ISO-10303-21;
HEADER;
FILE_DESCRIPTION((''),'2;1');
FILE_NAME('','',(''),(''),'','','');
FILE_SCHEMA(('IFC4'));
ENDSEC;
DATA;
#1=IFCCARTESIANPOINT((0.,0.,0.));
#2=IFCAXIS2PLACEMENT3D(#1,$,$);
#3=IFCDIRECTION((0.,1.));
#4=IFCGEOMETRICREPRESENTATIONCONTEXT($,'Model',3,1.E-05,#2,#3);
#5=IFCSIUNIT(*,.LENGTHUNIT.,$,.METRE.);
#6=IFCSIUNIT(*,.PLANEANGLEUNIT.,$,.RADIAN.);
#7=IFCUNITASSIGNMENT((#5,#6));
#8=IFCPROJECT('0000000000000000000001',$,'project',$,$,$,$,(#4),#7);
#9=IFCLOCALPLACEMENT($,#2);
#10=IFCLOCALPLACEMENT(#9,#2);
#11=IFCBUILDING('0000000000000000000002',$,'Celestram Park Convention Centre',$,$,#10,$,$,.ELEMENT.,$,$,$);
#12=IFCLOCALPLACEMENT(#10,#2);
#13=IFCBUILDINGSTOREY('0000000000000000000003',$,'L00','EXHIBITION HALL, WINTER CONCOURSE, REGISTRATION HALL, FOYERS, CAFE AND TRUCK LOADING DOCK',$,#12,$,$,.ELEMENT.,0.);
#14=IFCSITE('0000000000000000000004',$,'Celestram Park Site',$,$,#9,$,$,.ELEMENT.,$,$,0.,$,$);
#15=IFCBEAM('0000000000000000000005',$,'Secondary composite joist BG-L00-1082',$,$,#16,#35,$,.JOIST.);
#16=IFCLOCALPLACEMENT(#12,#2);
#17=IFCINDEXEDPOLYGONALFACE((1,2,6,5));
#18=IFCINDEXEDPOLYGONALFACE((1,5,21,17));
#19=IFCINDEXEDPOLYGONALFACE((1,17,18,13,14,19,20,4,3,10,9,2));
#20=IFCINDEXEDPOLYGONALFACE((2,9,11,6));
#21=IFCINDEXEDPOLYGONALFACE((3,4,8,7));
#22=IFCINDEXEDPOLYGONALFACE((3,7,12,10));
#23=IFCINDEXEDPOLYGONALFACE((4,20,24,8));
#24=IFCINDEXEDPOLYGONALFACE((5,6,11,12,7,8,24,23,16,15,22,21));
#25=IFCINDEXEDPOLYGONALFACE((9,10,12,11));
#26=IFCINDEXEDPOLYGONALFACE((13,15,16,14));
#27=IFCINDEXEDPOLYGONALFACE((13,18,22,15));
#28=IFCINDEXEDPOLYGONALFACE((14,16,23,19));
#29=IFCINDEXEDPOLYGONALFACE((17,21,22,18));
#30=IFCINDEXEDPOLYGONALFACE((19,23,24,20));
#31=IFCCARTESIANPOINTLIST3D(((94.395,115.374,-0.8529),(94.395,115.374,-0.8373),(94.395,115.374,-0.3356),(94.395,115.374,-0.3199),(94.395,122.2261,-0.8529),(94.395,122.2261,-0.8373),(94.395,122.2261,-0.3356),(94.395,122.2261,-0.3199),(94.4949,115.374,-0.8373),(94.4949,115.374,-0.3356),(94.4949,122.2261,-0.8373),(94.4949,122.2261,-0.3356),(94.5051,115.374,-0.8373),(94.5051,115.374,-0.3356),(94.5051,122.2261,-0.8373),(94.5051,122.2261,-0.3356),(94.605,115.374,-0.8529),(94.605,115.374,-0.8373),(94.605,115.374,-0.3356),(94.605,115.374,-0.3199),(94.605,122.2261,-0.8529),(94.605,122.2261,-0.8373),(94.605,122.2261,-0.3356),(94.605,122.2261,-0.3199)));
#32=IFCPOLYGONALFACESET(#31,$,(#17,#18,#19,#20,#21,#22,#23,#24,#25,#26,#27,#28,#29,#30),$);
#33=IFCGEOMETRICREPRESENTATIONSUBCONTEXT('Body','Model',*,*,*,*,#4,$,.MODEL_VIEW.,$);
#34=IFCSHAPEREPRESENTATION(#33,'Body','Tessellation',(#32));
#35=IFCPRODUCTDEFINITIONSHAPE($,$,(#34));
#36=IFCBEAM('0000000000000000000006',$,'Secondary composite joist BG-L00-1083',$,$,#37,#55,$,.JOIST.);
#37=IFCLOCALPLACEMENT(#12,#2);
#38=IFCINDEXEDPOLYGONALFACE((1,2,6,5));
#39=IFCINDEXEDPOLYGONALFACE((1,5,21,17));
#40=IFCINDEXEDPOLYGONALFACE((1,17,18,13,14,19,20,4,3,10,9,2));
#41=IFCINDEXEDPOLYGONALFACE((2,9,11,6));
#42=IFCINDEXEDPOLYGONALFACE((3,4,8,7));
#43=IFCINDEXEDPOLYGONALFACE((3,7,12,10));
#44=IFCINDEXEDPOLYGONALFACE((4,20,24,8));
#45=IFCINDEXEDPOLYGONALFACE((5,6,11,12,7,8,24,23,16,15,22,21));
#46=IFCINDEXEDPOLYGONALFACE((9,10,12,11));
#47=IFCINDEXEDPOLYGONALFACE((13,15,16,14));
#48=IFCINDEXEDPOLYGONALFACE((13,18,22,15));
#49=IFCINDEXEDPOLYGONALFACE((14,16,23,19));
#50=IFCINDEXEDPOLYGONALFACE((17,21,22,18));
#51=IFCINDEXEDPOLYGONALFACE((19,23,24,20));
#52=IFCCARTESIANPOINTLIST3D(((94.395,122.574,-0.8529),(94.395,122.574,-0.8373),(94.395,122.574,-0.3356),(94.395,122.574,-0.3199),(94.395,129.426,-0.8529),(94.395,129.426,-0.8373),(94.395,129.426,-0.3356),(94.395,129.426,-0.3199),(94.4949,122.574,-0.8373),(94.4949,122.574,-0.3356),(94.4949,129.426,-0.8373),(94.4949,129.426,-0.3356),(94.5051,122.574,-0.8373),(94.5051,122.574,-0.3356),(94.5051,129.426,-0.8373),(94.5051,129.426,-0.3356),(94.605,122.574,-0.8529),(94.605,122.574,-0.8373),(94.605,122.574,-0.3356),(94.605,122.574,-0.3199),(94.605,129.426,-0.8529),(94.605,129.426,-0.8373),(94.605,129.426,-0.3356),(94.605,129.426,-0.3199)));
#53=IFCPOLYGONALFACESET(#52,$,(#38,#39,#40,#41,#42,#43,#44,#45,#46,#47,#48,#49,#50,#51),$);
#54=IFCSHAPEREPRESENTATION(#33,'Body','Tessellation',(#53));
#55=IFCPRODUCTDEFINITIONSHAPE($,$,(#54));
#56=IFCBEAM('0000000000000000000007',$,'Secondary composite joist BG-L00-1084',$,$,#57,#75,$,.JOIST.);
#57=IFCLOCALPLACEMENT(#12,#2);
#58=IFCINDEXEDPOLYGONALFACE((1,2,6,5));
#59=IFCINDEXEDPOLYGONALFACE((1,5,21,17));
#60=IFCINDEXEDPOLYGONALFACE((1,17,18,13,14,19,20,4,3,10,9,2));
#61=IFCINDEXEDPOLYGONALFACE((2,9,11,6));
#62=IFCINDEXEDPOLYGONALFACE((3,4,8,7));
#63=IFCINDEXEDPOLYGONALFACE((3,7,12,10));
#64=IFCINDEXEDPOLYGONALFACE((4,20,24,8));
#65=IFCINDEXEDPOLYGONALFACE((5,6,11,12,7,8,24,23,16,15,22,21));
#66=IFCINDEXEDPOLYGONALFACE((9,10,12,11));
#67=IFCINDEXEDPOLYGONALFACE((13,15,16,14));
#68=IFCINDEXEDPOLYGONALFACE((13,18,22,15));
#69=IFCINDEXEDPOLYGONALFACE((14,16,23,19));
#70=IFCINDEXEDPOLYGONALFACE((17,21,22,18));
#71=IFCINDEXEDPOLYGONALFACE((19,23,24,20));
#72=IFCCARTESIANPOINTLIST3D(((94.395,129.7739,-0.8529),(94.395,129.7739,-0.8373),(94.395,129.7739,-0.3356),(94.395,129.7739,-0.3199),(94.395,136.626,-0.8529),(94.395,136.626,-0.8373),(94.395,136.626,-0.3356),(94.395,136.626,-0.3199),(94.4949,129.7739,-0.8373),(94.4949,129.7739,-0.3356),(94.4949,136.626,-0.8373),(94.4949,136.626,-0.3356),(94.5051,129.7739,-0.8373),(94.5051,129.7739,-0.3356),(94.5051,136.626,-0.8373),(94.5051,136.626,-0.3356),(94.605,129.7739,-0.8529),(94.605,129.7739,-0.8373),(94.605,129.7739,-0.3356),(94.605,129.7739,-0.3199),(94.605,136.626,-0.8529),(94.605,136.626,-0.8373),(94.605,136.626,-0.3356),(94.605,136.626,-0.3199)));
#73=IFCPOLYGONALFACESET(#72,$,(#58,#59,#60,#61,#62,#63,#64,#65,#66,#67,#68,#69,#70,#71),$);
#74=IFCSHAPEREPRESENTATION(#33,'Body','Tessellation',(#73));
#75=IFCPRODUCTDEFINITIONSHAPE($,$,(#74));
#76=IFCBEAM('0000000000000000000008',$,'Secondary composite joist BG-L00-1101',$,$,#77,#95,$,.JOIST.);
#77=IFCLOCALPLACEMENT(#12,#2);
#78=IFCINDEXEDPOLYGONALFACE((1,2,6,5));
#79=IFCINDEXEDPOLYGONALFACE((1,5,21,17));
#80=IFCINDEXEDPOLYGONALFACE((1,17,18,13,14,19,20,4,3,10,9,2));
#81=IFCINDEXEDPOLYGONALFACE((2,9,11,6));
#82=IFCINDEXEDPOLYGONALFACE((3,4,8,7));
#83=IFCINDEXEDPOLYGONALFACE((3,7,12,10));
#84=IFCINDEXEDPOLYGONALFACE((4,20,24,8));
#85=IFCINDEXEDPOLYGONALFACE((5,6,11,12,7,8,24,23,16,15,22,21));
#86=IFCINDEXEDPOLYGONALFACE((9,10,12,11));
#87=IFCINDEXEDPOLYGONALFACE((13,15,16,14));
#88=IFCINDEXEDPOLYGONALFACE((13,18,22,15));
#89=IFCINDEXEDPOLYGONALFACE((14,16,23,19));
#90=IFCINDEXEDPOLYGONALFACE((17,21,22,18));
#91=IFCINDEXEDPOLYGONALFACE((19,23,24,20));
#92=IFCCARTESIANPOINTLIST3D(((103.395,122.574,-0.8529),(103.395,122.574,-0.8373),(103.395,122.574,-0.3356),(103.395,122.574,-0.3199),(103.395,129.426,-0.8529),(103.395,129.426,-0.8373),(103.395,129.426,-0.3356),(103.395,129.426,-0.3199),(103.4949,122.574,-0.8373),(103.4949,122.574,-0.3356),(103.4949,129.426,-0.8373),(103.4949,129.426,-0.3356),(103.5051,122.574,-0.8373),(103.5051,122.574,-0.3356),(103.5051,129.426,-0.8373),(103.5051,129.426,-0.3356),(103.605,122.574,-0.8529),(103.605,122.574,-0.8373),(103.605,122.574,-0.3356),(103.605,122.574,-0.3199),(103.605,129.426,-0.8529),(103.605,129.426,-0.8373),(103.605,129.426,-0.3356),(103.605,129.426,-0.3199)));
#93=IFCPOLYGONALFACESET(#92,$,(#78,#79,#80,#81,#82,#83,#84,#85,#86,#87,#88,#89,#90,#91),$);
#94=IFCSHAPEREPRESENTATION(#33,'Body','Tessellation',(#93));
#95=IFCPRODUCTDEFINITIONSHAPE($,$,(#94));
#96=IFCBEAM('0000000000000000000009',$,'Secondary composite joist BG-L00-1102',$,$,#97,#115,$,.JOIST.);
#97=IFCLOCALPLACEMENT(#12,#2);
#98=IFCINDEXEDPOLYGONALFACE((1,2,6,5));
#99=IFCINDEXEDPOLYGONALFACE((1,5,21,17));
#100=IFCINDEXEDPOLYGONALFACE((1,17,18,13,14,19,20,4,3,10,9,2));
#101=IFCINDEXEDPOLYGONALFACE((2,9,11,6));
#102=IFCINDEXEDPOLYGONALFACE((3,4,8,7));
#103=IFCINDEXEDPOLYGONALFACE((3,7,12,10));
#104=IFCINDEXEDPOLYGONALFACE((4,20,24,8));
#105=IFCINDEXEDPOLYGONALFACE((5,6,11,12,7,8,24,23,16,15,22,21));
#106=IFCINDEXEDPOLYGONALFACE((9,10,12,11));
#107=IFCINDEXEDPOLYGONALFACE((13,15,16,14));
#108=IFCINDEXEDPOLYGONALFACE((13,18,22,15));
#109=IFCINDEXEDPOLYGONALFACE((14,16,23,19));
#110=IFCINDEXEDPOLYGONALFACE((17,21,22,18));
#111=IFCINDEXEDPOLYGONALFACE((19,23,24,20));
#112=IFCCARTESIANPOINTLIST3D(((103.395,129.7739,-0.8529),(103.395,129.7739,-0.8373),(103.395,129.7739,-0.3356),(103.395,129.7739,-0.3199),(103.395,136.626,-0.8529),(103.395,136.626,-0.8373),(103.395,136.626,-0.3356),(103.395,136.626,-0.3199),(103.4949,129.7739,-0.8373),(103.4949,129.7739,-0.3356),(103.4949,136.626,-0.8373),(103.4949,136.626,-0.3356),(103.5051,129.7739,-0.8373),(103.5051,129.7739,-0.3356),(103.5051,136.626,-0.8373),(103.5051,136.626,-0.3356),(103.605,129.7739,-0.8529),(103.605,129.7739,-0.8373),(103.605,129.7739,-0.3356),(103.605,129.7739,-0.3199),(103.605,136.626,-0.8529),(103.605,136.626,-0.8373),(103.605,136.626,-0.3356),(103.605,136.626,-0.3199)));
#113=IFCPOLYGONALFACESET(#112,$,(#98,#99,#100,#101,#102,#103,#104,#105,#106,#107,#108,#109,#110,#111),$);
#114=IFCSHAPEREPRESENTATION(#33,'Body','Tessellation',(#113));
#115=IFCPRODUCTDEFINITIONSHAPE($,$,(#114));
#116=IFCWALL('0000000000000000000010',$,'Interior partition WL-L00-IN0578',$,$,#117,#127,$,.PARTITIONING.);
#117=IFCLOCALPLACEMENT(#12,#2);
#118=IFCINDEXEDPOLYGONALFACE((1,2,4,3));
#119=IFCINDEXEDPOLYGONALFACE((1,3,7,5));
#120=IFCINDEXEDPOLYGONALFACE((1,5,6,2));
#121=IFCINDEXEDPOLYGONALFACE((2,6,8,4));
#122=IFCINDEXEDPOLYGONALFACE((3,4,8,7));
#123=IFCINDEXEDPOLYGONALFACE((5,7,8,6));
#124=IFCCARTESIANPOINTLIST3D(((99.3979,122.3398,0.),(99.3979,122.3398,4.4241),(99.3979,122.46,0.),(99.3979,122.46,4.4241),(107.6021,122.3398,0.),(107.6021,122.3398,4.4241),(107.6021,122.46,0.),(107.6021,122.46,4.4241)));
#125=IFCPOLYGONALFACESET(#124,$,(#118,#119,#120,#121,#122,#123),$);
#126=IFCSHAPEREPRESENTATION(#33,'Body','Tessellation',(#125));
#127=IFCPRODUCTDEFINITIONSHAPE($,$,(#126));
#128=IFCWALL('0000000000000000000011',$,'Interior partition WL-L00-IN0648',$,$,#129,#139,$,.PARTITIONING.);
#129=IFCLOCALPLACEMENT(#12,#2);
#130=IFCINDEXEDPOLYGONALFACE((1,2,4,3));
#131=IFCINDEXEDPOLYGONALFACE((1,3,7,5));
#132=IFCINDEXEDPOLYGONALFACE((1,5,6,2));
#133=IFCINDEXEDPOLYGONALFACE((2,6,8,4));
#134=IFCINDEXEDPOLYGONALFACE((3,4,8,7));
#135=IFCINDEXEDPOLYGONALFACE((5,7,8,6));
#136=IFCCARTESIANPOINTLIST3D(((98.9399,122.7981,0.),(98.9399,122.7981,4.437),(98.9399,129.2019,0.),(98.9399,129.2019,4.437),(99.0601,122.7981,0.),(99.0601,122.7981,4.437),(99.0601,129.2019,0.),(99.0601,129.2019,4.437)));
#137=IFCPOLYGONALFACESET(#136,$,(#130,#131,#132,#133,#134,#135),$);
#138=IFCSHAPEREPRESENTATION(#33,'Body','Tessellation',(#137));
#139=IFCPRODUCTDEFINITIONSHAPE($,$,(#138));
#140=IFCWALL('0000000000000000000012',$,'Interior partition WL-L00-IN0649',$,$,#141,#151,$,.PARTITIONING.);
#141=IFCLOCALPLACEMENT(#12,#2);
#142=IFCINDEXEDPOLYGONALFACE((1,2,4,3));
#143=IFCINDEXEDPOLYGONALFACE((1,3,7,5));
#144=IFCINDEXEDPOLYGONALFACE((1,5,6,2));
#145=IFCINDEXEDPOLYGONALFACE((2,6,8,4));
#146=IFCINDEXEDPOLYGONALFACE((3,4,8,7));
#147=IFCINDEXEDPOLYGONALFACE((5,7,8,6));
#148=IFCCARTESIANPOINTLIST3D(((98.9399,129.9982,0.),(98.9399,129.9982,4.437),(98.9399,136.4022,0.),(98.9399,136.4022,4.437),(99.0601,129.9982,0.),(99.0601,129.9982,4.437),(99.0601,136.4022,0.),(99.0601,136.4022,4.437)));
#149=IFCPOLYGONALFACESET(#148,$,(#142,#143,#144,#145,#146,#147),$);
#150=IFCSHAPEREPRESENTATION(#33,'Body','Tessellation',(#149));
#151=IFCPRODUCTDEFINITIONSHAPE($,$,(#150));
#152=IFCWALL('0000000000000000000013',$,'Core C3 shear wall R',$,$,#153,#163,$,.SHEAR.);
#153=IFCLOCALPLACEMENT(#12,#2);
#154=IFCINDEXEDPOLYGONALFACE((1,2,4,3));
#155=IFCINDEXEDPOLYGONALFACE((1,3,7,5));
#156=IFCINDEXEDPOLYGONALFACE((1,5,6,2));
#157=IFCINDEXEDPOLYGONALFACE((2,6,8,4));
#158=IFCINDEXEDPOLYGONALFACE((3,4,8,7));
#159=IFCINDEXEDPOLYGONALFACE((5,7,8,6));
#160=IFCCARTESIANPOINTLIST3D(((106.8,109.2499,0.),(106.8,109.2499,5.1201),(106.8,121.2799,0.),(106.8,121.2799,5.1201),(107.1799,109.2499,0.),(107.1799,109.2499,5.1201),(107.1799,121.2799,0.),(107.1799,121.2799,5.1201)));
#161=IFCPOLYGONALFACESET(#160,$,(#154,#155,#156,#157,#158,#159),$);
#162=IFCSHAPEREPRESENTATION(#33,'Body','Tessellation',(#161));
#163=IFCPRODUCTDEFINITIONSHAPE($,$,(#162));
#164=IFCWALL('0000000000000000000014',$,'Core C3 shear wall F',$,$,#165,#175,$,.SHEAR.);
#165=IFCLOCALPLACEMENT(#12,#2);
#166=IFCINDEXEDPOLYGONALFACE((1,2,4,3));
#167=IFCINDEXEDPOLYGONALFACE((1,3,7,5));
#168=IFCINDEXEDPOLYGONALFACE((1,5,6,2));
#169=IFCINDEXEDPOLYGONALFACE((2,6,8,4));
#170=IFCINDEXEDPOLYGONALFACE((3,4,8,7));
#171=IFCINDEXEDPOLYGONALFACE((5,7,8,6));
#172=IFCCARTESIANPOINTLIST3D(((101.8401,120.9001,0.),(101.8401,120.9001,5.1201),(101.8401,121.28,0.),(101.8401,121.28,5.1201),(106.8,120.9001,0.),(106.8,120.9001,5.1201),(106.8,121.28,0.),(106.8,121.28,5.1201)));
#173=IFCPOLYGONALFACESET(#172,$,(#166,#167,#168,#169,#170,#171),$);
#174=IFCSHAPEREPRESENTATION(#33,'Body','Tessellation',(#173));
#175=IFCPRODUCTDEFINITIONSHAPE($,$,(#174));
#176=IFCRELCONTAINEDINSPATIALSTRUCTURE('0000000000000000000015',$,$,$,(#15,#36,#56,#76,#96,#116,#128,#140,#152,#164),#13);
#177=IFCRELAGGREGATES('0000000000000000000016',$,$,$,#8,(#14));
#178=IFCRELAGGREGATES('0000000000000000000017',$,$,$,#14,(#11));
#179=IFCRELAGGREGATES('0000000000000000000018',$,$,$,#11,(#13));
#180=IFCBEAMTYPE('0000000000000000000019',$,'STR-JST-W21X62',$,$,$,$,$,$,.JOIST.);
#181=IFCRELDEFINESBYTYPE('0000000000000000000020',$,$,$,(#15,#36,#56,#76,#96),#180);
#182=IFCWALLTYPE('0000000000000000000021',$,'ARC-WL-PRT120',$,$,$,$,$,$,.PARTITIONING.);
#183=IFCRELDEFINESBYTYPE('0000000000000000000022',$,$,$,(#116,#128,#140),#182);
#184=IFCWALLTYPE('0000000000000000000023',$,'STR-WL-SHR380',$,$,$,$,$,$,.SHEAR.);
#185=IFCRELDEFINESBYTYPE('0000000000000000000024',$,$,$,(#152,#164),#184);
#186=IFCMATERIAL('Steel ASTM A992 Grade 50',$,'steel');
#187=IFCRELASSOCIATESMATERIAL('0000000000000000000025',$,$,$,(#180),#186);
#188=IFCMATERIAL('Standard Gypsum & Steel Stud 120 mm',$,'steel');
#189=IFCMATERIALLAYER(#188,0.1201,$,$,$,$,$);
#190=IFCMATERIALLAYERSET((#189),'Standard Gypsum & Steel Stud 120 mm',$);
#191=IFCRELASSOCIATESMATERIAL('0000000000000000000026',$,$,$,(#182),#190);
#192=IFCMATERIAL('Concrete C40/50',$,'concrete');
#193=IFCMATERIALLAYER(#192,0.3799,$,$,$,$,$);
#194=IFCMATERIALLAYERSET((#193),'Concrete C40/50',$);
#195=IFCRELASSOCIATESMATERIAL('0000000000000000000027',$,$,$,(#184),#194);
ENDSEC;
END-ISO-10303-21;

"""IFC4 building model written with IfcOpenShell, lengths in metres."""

from ifc_helpers import new_model, si_unit, direction, frame, frame_2d, origin, origin_2d, place, context, subcontext, project, spatial, rectangle, i_section, extrude, material, layer, layer_set, material_profile, profile_set, type_object, element, save


model = new_model("IFC4")

# Units and contexts
model_context = context("Model", 3, precision=1e-05, world=origin(), true_north=direction((0.0, 1.0)))
body_context = subcontext(model_context, "Body", "Model", "MODEL_VIEW")
ifc_project = project(units=[si_unit("LENGTHUNIT", "METRE"), si_unit("PLANEANGLEUNIT", "RADIAN")], contexts=[model_context])

# Site, building, storey
site_placement = place(None, origin())
site = spatial("IfcSite", under=ifc_project, at=site_placement, Name="Celestram Park Site", CompositionType="ELEMENT", RefElevation=0.0)
building_placement = place(site_placement, origin())
building = spatial("IfcBuilding", under=site, at=building_placement, Name="Celestram Park Convention Centre", CompositionType="ELEMENT")
storey_placement = place(building_placement, origin())
storey = spatial("IfcBuildingStorey", under=building, at=storey_placement, Name="L00", Description="EXHIBITION HALL, WINTER CONCOURSE, REGISTRATION HALL, FOYERS, CAFE AND TRUCK LOADING DOCK", CompositionType="ELEMENT", Elevation=0.0)

# Shared definitions
ifc_material_1 = material(Name="Concrete C40/50", Category="concrete")

# Beams
ifc_material_2 = material(Name="Steel ASTM A992 Grade 50", Category="steel")
ifc_material_profile_1 = material_profile(ifc_material_2, i_section(OverallWidth=0.21, OverallDepth=0.533, WebThickness=0.0103, FlangeThickness=0.0156, at=origin_2d()), Name="W21X62")
ifc_profile_set_1 = profile_set([ifc_material_profile_1], Name="Steel ASTM A992 Grade 50")
beam_type_1 = type_object("IfcBeamType", Name="STR-JST-W21X62", PredefinedType="JOIST", material=ifc_profile_set_1)
for number, where, z_axis, x_axis, name in (
    (1, (94.5, 115.374, -0.5864), (0.0, 1.0, 0.0), (-1.0, 0.0, 0.0), "Secondary composite joist BG-L00-1082"),
    (2, (94.5, 122.574, -0.5864), (0.0, 1.0, 0.0), (-1.0, 0.0, 0.0), "Secondary composite joist BG-L00-1083"),
    (3, (94.5, 129.7739, -0.5864), (0.0, 1.0, 0.0), (-1.0, 0.0, 0.0), "Secondary composite joist BG-L00-1084"),
    (4, (103.5, 122.574, -0.5864), (0.0, 1.0, 0.0), (-1.0, 0.0, 0.0), "Secondary composite joist BG-L00-1101"),
    (5, (103.5, 129.7739, -0.5864), (0.0, 1.0, 0.0), (-1.0, 0.0, 0.0), "Secondary composite joist BG-L00-1102"),
):
    element("IfcBeam", number, at=place(storey_placement, frame(where, z_axis=z_axis, x_axis=x_axis)), inside=storey, type_object=beam_type_1, Name=name, PredefinedType="JOIST", context=body_context, shape_type="SweptSolid", body=[
        extrude(i_section(OverallWidth=0.21, OverallDepth=0.533, WebThickness=0.0103, FlangeThickness=0.0156, at=origin_2d()), origin(), (0.0, 0.0, 1.0), 6.8521),
    ])

# Walls
ifc_material_3 = material(Name="Standard Gypsum & Steel Stud 120 mm", Category="steel")
ifc_layer_1 = layer(ifc_material_3, 0.1201)
ifc_layer_set_1 = layer_set([ifc_layer_1], Name="Standard Gypsum & Steel Stud 120 mm")
wall_type_1 = type_object("IfcWallType", Name="ARC-WL-PRT120", PredefinedType="PARTITIONING", material=ifc_layer_set_1)
wall_1_placement = place(storey_placement, frame((99.3979, 122.3999, 0.0), z_axis=(0.0, 0.0, 1.0), x_axis=(1.0, 0.0, 0.0)))
element("IfcWall", 6, at=wall_1_placement, inside=storey, type_object=wall_type_1, Name="Interior partition WL-L00-IN0578", PredefinedType="PARTITIONING", context=body_context, shape_type="SweptSolid", body=[
    extrude(rectangle(XDim=8.2041, YDim=0.1201, at=frame_2d((4.1021, 0.0))), origin(), (0.0, 0.0, 1.0), 4.4241),
])
wall_2_placement = place(storey_placement, frame((99.0, 122.7981, 0.0), z_axis=(0.0, 0.0, 1.0), x_axis=(0.0, 1.0, 0.0)))
element("IfcWall", 7, at=wall_2_placement, inside=storey, type_object=wall_type_1, Name="Interior partition WL-L00-IN0648", PredefinedType="PARTITIONING", context=body_context, shape_type="SweptSolid", body=[
    extrude(rectangle(XDim=6.4038, YDim=0.1201, at=frame_2d((3.2019, 0.0))), origin(), (0.0, 0.0, 1.0), 4.437),
])
wall_3_placement = place(storey_placement, frame((99.0, 129.998, 0.0), z_axis=(0.0, 0.0, 1.0), x_axis=(0.0, 1.0, 0.0)))
element("IfcWall", 8, at=wall_3_placement, inside=storey, type_object=wall_type_1, Name="Interior partition WL-L00-IN0649", PredefinedType="PARTITIONING", context=body_context, shape_type="SweptSolid", body=[
    extrude(rectangle(XDim=6.4041, YDim=0.1201, at=frame_2d((3.2021, 0.0))), origin(), (0.0, 0.0, 1.0), 4.437),
])
ifc_layer_2 = layer(ifc_material_1, 0.3799)
ifc_layer_set_2 = layer_set([ifc_layer_2], Name="Concrete C40/50")
wall_type_2 = type_object("IfcWallType", Name="STR-WL-SHR380", PredefinedType="SHEAR", material=ifc_layer_set_2)
wall_4_placement = place(storey_placement, frame((106.99, 121.28, 0.0), z_axis=(0.0, 0.0, 1.0), x_axis=(0.0, -1.0, 0.0)))
element("IfcWall", 9, at=wall_4_placement, inside=storey, type_object=wall_type_2, Name="Core C3 shear wall R", PredefinedType="SHEAR", context=body_context, shape_type="SweptSolid", body=[
    extrude(rectangle(XDim=12.03, YDim=0.3799, at=frame_2d((6.0151, 0.0))), origin(), (0.0, 0.0, 1.0), 5.1201),
])
wall_5_placement = place(storey_placement, frame((101.8401, 121.0901, 0.0), z_axis=(0.0, 0.0, 1.0), x_axis=(1.0, 0.0, 0.0)))
element("IfcWall", 10, at=wall_5_placement, inside=storey, type_object=wall_type_2, Name="Core C3 shear wall F", PredefinedType="SHEAR", context=body_context, shape_type="SweptSolid", body=[
    extrude(rectangle(XDim=4.96, YDim=0.3799, at=frame_2d((2.48, 0.0))), origin(), (0.0, 0.0, 1.0), 5.1201),
])

save(model, "model.ifc")
